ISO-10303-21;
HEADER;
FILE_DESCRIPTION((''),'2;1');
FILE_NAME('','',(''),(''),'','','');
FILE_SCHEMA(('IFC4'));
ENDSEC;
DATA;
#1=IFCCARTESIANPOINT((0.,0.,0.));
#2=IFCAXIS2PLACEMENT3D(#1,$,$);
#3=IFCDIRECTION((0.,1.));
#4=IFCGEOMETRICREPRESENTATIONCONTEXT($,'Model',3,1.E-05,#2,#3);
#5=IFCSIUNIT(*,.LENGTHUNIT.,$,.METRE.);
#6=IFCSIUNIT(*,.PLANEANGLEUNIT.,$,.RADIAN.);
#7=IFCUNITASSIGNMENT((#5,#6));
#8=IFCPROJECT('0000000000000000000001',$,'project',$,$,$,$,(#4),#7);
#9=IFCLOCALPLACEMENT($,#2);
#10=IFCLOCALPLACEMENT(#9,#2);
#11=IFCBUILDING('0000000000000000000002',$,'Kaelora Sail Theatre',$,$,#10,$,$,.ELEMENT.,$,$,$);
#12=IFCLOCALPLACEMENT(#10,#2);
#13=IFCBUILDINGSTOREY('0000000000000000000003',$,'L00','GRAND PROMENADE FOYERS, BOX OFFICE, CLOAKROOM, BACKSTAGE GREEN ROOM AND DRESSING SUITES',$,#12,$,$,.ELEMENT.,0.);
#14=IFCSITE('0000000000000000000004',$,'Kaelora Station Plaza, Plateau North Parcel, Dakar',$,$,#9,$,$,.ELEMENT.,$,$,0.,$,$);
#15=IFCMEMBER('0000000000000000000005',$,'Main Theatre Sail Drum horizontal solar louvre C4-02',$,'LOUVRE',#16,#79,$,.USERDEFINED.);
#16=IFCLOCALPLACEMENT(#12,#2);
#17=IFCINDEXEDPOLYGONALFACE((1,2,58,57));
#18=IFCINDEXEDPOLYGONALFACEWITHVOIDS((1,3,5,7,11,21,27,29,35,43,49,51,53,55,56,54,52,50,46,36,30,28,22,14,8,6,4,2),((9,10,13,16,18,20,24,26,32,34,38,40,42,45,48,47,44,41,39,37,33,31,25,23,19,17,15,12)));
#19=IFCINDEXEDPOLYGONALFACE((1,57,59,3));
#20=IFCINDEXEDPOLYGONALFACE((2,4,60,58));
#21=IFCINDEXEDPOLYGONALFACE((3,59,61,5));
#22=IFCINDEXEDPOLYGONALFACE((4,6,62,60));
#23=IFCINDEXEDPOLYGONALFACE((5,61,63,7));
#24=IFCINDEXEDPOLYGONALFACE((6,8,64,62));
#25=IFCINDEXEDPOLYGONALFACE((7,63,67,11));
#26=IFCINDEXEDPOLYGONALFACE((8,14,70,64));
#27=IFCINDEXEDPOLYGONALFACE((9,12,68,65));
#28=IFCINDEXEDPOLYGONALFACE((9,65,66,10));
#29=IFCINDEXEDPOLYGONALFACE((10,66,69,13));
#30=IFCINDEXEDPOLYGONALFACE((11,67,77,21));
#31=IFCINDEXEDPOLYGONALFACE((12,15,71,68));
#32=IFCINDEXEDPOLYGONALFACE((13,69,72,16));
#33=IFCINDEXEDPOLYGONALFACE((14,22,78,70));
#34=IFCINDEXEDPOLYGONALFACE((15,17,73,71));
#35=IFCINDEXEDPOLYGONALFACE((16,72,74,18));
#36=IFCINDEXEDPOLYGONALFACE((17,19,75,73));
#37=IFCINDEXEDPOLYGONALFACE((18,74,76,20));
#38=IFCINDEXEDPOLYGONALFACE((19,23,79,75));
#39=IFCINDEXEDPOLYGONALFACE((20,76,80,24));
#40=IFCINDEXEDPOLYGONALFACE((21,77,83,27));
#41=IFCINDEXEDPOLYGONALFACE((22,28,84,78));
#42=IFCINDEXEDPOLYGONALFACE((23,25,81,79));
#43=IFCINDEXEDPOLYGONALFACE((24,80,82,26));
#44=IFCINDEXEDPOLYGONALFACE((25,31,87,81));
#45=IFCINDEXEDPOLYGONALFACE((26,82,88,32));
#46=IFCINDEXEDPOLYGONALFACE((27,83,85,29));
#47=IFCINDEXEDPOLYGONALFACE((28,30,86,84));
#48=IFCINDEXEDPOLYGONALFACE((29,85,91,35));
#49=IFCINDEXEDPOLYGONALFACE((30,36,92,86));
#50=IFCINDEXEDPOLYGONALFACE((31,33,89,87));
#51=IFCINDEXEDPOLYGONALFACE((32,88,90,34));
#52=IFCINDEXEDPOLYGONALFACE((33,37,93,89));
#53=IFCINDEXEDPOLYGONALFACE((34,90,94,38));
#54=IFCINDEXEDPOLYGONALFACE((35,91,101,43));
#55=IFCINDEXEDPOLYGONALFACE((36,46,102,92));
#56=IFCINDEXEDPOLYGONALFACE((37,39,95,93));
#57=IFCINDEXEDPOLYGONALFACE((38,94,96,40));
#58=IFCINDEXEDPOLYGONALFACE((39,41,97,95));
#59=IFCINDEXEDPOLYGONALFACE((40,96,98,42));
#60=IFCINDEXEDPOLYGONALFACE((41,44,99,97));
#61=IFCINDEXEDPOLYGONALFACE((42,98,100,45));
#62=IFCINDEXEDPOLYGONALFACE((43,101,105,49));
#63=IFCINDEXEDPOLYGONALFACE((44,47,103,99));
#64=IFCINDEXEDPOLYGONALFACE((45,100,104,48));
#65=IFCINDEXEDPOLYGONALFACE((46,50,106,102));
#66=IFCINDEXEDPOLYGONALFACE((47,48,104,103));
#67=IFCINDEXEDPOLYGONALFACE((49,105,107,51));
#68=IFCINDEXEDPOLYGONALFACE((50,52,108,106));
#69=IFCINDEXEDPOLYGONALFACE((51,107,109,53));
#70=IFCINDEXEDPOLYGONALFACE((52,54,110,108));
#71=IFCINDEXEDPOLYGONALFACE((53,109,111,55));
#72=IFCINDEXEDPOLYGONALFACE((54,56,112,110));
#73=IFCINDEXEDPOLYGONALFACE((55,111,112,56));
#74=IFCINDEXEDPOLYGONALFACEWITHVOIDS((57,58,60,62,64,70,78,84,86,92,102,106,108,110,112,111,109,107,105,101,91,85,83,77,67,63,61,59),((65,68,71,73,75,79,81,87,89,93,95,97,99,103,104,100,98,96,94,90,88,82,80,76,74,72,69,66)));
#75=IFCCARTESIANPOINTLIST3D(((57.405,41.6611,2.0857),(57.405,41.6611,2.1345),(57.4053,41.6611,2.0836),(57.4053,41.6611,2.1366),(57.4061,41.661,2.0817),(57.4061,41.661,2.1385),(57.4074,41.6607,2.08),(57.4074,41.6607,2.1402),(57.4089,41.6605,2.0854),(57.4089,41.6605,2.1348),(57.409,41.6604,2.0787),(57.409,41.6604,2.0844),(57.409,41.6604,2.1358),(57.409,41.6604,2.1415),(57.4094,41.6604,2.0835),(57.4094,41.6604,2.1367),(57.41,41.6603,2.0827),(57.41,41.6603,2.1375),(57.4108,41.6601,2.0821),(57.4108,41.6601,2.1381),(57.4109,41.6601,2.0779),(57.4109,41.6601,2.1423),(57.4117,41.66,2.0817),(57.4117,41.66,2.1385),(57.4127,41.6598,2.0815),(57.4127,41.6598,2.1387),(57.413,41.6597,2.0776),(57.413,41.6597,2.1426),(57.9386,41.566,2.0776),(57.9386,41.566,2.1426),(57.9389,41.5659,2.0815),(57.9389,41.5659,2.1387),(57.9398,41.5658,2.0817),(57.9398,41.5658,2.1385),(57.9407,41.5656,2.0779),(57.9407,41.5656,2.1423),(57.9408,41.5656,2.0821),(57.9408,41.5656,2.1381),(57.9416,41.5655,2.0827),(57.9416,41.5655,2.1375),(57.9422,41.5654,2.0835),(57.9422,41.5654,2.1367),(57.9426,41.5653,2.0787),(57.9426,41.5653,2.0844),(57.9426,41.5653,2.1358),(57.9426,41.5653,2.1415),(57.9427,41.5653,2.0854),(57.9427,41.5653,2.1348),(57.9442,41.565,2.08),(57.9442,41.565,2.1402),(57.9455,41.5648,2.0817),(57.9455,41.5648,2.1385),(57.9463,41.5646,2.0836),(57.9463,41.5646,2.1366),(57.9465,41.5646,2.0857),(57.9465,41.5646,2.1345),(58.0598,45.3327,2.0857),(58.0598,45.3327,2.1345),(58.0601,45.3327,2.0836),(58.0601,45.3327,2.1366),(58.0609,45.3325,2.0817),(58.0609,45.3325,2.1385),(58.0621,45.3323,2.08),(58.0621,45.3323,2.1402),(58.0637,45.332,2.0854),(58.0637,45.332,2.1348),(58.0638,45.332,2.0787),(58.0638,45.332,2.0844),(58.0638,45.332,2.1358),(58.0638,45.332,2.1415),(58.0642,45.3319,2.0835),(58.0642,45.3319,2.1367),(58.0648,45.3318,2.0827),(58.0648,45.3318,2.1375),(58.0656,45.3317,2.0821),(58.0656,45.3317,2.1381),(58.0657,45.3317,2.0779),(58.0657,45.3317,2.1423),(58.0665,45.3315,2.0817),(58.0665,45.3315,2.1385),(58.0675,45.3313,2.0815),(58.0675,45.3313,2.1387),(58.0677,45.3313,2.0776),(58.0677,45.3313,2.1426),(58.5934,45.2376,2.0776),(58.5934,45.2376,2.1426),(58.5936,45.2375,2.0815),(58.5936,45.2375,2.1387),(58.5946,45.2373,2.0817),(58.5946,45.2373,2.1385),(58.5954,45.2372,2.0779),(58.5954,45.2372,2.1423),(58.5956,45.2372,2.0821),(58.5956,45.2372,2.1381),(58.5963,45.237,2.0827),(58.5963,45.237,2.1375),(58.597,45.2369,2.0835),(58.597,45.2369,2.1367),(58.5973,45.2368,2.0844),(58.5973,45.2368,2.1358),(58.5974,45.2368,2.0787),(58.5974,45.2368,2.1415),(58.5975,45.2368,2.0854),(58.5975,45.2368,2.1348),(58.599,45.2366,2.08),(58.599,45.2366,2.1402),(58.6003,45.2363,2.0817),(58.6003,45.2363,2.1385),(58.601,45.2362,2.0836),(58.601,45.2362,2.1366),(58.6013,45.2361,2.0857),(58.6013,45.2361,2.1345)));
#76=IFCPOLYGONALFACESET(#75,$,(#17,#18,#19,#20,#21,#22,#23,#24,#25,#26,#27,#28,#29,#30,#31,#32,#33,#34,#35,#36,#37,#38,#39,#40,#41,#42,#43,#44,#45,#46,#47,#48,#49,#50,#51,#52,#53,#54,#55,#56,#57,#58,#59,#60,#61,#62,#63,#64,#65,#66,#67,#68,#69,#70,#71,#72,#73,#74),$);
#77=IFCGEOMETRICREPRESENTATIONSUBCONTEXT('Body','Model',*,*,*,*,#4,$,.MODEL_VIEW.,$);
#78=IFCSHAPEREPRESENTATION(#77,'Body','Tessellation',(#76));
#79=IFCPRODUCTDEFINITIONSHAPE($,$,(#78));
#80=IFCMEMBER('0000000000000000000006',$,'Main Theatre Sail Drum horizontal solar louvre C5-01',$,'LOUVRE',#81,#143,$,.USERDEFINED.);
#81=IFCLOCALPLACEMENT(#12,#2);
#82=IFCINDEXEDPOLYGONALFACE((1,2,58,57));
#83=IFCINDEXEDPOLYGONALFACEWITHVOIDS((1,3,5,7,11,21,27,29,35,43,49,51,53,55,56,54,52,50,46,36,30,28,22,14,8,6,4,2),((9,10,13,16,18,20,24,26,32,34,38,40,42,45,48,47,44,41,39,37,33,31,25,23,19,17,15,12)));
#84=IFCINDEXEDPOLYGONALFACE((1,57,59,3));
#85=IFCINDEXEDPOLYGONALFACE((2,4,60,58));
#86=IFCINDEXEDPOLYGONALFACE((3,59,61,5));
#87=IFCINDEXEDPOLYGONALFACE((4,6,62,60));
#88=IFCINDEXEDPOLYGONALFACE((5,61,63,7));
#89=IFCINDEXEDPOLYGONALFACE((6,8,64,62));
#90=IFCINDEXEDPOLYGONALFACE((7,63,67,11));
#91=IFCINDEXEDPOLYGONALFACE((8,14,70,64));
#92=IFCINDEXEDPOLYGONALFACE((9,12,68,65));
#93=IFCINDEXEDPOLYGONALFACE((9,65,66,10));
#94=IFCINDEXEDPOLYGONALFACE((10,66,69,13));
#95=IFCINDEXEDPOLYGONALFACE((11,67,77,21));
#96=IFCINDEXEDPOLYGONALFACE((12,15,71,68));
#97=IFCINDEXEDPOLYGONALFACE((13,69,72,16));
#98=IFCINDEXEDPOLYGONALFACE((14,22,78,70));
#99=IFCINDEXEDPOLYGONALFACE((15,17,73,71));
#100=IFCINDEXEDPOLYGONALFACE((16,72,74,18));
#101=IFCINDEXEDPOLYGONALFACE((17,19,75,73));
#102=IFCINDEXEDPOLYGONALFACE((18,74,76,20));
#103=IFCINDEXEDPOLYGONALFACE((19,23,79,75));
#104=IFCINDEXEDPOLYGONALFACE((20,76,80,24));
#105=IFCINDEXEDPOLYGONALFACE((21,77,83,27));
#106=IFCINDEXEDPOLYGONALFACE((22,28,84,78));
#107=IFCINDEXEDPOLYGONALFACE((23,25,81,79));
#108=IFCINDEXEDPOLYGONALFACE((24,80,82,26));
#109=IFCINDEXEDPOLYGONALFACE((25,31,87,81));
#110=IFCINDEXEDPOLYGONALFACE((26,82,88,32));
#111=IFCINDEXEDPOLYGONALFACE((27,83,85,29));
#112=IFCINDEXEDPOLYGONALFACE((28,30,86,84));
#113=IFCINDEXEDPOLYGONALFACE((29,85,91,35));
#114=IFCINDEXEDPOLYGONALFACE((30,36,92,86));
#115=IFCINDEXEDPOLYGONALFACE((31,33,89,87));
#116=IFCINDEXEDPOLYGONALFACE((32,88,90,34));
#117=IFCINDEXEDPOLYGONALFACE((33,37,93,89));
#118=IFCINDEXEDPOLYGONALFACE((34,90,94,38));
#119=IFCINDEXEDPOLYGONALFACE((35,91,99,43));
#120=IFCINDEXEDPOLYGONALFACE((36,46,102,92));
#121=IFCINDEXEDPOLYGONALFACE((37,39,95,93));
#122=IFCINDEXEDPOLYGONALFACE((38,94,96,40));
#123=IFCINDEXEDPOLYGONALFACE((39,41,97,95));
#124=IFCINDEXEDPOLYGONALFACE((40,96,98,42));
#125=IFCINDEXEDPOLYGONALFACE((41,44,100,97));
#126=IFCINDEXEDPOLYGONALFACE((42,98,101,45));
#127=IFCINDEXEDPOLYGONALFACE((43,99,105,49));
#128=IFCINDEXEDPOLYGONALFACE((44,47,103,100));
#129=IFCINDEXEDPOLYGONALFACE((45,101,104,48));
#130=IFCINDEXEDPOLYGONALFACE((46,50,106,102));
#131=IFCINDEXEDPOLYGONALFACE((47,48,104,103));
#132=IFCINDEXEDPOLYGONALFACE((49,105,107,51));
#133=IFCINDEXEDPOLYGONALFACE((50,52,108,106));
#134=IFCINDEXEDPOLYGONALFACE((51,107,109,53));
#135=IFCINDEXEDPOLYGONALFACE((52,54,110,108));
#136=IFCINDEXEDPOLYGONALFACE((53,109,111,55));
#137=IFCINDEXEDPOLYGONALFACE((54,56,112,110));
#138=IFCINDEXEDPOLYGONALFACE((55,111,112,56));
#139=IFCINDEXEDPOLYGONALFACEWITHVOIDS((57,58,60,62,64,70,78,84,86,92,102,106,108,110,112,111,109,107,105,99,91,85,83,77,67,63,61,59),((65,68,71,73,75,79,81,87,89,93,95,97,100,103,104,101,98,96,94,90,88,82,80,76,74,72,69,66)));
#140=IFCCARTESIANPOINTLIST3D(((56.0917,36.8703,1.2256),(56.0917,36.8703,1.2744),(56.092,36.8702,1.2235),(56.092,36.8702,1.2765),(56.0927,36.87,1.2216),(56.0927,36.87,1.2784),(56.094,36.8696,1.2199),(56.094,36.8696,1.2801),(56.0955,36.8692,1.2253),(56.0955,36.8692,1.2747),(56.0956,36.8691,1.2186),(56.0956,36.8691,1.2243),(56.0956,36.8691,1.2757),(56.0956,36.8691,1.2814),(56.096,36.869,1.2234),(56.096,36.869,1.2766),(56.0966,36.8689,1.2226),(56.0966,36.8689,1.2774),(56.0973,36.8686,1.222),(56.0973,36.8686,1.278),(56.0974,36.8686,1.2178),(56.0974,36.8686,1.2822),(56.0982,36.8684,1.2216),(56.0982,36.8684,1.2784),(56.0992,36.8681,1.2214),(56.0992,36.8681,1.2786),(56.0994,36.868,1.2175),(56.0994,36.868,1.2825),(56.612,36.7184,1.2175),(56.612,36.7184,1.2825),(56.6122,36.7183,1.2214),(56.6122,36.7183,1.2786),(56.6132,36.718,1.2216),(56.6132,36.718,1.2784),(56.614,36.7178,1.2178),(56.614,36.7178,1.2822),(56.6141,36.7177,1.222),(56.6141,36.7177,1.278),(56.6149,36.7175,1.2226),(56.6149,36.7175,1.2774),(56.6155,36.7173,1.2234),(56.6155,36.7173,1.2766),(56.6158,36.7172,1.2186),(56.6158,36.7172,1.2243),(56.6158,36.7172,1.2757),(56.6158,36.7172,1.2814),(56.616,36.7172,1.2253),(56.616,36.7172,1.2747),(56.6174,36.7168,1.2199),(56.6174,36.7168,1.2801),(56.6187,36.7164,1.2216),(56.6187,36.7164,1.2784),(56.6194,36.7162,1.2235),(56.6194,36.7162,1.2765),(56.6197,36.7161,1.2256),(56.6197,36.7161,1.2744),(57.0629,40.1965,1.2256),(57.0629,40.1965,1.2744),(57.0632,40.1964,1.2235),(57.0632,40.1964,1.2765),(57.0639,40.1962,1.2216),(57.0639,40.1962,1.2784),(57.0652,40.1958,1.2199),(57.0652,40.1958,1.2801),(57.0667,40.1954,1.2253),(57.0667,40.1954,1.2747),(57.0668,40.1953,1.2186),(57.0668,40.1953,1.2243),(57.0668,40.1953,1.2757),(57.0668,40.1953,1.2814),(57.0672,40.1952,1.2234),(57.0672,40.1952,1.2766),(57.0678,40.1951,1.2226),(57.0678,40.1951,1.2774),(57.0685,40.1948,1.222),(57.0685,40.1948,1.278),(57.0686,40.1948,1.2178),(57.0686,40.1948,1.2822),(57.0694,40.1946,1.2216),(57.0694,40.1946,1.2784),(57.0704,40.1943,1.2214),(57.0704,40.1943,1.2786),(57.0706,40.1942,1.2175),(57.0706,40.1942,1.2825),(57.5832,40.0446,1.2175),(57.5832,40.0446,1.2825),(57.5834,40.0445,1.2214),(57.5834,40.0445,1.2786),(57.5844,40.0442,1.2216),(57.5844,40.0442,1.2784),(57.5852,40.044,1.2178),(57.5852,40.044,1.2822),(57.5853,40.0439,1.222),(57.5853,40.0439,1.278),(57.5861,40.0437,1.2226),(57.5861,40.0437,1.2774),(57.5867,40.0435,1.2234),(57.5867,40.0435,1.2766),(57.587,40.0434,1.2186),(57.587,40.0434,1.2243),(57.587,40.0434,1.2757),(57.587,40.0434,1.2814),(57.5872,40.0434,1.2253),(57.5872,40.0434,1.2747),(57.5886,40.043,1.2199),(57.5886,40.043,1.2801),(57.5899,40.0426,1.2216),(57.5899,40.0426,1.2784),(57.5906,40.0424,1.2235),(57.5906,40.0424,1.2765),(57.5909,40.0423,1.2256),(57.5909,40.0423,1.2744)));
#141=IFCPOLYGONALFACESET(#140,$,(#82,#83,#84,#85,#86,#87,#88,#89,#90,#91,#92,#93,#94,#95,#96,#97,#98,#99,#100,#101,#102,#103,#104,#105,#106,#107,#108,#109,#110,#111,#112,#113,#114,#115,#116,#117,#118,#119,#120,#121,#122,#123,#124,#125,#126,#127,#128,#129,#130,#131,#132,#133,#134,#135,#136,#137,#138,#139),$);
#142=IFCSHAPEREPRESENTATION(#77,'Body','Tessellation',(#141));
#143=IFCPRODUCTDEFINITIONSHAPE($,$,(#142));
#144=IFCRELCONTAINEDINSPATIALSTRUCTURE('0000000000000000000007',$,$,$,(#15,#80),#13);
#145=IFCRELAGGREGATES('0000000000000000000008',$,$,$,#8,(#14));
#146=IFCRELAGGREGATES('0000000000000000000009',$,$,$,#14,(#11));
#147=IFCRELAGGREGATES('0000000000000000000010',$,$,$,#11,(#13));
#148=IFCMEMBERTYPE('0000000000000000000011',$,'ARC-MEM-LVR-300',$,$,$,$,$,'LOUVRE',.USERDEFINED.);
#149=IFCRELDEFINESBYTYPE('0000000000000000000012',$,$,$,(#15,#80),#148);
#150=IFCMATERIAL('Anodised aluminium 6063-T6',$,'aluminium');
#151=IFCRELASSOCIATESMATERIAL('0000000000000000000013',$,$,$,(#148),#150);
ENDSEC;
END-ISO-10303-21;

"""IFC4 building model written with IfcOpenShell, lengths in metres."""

from ifc_helpers import new_model, si_unit, direction, frame, origin, origin_2d, place, context, subcontext, project, spatial, hollow_rectangle, extrude, material, material_profile, profile_set, type_object, element, save


model = new_model("IFC4")

# Units and contexts
model_context = context("Model", 3, precision=1e-05, world=origin(), true_north=direction((0.0, 1.0)))
body_context = subcontext(model_context, "Body", "Model", "MODEL_VIEW")
ifc_project = project(units=[si_unit("LENGTHUNIT", "METRE"), si_unit("PLANEANGLEUNIT", "RADIAN")], contexts=[model_context])

# Site, building, storey
site_placement = place(None, origin())
site = spatial("IfcSite", under=ifc_project, at=site_placement, Name="Kaelora Station Plaza, Plateau North Parcel, Dakar", CompositionType="ELEMENT", RefElevation=0.0)
building_placement = place(site_placement, origin())
building = spatial("IfcBuilding", under=site, at=building_placement, Name="Kaelora Sail Theatre", CompositionType="ELEMENT")
storey_placement = place(building_placement, origin())
storey = spatial("IfcBuildingStorey", under=building, at=storey_placement, Name="L00", Description="GRAND PROMENADE FOYERS, BOX OFFICE, CLOAKROOM, BACKSTAGE GREEN ROOM AND DRESSING SUITES", CompositionType="ELEMENT", Elevation=0.0)

# Members
ifc_material_1 = material(Name="Anodised aluminium 6063-T6", Category="aluminium")
ifc_material_profile_1 = material_profile(ifc_material_1, hollow_rectangle(XDim=0.55, YDim=0.0649, WallThickness=0.0039, InnerFilletRadius=0.0039, OuterFilletRadius=0.0081, at=origin_2d()), Name="LOUVRE 550x65x4")
ifc_profile_set_1 = profile_set([ifc_material_profile_1], Name="Anodised aluminium 6063-T6")
member_type_1 = type_object("IfcMemberType", Name="ARC-MEM-LVR-300", ElementType="LOUVRE", PredefinedType="USERDEFINED", material=ifc_profile_set_1)
for number, where, z_axis, x_axis, name in (
    (1, (58.3306, 45.2844, 2.1101), (-0.175566, -0.984468, 0.0), (0.984468, -0.175566, 0.0), "Main Theatre Sail Drum horizontal solar louvre C4-02"),
):
    element("IfcMember", number, at=place(storey_placement, frame(where, z_axis=z_axis, x_axis=x_axis)), inside=storey, type_object=member_type_1, Name=name, ObjectType="LOUVRE", PredefinedType="USERDEFINED", context=body_context, shape_type="SweptSolid", body=[
        extrude(hollow_rectangle(XDim=0.55, YDim=0.0649, WallThickness=0.0039, InnerFilletRadius=0.0039, OuterFilletRadius=0.0081, at=origin_2d()), origin(), (0.0, 0.0, 1.0), 3.7295),
    ])
for number, where, z_axis, x_axis, name in (
    (2, (57.3269, 40.1194, 1.25), (-0.280281, -0.959918, 0.0), (0.959918, -0.280281, 0.0), "Main Theatre Sail Drum horizontal solar louvre C5-01"),
):
    element("IfcMember", number, at=place(storey_placement, frame(where, z_axis=z_axis, x_axis=x_axis)), inside=storey, type_object=member_type_1, Name=name, ObjectType="LOUVRE", PredefinedType="USERDEFINED", context=body_context, shape_type="SweptSolid", body=[
        extrude(hollow_rectangle(XDim=0.55, YDim=0.0649, WallThickness=0.0039, InnerFilletRadius=0.0039, OuterFilletRadius=0.0081, at=origin_2d()), origin(), (0.0, 0.0, 1.0), 3.4651),
    ])

save(model, "model.ifc")
